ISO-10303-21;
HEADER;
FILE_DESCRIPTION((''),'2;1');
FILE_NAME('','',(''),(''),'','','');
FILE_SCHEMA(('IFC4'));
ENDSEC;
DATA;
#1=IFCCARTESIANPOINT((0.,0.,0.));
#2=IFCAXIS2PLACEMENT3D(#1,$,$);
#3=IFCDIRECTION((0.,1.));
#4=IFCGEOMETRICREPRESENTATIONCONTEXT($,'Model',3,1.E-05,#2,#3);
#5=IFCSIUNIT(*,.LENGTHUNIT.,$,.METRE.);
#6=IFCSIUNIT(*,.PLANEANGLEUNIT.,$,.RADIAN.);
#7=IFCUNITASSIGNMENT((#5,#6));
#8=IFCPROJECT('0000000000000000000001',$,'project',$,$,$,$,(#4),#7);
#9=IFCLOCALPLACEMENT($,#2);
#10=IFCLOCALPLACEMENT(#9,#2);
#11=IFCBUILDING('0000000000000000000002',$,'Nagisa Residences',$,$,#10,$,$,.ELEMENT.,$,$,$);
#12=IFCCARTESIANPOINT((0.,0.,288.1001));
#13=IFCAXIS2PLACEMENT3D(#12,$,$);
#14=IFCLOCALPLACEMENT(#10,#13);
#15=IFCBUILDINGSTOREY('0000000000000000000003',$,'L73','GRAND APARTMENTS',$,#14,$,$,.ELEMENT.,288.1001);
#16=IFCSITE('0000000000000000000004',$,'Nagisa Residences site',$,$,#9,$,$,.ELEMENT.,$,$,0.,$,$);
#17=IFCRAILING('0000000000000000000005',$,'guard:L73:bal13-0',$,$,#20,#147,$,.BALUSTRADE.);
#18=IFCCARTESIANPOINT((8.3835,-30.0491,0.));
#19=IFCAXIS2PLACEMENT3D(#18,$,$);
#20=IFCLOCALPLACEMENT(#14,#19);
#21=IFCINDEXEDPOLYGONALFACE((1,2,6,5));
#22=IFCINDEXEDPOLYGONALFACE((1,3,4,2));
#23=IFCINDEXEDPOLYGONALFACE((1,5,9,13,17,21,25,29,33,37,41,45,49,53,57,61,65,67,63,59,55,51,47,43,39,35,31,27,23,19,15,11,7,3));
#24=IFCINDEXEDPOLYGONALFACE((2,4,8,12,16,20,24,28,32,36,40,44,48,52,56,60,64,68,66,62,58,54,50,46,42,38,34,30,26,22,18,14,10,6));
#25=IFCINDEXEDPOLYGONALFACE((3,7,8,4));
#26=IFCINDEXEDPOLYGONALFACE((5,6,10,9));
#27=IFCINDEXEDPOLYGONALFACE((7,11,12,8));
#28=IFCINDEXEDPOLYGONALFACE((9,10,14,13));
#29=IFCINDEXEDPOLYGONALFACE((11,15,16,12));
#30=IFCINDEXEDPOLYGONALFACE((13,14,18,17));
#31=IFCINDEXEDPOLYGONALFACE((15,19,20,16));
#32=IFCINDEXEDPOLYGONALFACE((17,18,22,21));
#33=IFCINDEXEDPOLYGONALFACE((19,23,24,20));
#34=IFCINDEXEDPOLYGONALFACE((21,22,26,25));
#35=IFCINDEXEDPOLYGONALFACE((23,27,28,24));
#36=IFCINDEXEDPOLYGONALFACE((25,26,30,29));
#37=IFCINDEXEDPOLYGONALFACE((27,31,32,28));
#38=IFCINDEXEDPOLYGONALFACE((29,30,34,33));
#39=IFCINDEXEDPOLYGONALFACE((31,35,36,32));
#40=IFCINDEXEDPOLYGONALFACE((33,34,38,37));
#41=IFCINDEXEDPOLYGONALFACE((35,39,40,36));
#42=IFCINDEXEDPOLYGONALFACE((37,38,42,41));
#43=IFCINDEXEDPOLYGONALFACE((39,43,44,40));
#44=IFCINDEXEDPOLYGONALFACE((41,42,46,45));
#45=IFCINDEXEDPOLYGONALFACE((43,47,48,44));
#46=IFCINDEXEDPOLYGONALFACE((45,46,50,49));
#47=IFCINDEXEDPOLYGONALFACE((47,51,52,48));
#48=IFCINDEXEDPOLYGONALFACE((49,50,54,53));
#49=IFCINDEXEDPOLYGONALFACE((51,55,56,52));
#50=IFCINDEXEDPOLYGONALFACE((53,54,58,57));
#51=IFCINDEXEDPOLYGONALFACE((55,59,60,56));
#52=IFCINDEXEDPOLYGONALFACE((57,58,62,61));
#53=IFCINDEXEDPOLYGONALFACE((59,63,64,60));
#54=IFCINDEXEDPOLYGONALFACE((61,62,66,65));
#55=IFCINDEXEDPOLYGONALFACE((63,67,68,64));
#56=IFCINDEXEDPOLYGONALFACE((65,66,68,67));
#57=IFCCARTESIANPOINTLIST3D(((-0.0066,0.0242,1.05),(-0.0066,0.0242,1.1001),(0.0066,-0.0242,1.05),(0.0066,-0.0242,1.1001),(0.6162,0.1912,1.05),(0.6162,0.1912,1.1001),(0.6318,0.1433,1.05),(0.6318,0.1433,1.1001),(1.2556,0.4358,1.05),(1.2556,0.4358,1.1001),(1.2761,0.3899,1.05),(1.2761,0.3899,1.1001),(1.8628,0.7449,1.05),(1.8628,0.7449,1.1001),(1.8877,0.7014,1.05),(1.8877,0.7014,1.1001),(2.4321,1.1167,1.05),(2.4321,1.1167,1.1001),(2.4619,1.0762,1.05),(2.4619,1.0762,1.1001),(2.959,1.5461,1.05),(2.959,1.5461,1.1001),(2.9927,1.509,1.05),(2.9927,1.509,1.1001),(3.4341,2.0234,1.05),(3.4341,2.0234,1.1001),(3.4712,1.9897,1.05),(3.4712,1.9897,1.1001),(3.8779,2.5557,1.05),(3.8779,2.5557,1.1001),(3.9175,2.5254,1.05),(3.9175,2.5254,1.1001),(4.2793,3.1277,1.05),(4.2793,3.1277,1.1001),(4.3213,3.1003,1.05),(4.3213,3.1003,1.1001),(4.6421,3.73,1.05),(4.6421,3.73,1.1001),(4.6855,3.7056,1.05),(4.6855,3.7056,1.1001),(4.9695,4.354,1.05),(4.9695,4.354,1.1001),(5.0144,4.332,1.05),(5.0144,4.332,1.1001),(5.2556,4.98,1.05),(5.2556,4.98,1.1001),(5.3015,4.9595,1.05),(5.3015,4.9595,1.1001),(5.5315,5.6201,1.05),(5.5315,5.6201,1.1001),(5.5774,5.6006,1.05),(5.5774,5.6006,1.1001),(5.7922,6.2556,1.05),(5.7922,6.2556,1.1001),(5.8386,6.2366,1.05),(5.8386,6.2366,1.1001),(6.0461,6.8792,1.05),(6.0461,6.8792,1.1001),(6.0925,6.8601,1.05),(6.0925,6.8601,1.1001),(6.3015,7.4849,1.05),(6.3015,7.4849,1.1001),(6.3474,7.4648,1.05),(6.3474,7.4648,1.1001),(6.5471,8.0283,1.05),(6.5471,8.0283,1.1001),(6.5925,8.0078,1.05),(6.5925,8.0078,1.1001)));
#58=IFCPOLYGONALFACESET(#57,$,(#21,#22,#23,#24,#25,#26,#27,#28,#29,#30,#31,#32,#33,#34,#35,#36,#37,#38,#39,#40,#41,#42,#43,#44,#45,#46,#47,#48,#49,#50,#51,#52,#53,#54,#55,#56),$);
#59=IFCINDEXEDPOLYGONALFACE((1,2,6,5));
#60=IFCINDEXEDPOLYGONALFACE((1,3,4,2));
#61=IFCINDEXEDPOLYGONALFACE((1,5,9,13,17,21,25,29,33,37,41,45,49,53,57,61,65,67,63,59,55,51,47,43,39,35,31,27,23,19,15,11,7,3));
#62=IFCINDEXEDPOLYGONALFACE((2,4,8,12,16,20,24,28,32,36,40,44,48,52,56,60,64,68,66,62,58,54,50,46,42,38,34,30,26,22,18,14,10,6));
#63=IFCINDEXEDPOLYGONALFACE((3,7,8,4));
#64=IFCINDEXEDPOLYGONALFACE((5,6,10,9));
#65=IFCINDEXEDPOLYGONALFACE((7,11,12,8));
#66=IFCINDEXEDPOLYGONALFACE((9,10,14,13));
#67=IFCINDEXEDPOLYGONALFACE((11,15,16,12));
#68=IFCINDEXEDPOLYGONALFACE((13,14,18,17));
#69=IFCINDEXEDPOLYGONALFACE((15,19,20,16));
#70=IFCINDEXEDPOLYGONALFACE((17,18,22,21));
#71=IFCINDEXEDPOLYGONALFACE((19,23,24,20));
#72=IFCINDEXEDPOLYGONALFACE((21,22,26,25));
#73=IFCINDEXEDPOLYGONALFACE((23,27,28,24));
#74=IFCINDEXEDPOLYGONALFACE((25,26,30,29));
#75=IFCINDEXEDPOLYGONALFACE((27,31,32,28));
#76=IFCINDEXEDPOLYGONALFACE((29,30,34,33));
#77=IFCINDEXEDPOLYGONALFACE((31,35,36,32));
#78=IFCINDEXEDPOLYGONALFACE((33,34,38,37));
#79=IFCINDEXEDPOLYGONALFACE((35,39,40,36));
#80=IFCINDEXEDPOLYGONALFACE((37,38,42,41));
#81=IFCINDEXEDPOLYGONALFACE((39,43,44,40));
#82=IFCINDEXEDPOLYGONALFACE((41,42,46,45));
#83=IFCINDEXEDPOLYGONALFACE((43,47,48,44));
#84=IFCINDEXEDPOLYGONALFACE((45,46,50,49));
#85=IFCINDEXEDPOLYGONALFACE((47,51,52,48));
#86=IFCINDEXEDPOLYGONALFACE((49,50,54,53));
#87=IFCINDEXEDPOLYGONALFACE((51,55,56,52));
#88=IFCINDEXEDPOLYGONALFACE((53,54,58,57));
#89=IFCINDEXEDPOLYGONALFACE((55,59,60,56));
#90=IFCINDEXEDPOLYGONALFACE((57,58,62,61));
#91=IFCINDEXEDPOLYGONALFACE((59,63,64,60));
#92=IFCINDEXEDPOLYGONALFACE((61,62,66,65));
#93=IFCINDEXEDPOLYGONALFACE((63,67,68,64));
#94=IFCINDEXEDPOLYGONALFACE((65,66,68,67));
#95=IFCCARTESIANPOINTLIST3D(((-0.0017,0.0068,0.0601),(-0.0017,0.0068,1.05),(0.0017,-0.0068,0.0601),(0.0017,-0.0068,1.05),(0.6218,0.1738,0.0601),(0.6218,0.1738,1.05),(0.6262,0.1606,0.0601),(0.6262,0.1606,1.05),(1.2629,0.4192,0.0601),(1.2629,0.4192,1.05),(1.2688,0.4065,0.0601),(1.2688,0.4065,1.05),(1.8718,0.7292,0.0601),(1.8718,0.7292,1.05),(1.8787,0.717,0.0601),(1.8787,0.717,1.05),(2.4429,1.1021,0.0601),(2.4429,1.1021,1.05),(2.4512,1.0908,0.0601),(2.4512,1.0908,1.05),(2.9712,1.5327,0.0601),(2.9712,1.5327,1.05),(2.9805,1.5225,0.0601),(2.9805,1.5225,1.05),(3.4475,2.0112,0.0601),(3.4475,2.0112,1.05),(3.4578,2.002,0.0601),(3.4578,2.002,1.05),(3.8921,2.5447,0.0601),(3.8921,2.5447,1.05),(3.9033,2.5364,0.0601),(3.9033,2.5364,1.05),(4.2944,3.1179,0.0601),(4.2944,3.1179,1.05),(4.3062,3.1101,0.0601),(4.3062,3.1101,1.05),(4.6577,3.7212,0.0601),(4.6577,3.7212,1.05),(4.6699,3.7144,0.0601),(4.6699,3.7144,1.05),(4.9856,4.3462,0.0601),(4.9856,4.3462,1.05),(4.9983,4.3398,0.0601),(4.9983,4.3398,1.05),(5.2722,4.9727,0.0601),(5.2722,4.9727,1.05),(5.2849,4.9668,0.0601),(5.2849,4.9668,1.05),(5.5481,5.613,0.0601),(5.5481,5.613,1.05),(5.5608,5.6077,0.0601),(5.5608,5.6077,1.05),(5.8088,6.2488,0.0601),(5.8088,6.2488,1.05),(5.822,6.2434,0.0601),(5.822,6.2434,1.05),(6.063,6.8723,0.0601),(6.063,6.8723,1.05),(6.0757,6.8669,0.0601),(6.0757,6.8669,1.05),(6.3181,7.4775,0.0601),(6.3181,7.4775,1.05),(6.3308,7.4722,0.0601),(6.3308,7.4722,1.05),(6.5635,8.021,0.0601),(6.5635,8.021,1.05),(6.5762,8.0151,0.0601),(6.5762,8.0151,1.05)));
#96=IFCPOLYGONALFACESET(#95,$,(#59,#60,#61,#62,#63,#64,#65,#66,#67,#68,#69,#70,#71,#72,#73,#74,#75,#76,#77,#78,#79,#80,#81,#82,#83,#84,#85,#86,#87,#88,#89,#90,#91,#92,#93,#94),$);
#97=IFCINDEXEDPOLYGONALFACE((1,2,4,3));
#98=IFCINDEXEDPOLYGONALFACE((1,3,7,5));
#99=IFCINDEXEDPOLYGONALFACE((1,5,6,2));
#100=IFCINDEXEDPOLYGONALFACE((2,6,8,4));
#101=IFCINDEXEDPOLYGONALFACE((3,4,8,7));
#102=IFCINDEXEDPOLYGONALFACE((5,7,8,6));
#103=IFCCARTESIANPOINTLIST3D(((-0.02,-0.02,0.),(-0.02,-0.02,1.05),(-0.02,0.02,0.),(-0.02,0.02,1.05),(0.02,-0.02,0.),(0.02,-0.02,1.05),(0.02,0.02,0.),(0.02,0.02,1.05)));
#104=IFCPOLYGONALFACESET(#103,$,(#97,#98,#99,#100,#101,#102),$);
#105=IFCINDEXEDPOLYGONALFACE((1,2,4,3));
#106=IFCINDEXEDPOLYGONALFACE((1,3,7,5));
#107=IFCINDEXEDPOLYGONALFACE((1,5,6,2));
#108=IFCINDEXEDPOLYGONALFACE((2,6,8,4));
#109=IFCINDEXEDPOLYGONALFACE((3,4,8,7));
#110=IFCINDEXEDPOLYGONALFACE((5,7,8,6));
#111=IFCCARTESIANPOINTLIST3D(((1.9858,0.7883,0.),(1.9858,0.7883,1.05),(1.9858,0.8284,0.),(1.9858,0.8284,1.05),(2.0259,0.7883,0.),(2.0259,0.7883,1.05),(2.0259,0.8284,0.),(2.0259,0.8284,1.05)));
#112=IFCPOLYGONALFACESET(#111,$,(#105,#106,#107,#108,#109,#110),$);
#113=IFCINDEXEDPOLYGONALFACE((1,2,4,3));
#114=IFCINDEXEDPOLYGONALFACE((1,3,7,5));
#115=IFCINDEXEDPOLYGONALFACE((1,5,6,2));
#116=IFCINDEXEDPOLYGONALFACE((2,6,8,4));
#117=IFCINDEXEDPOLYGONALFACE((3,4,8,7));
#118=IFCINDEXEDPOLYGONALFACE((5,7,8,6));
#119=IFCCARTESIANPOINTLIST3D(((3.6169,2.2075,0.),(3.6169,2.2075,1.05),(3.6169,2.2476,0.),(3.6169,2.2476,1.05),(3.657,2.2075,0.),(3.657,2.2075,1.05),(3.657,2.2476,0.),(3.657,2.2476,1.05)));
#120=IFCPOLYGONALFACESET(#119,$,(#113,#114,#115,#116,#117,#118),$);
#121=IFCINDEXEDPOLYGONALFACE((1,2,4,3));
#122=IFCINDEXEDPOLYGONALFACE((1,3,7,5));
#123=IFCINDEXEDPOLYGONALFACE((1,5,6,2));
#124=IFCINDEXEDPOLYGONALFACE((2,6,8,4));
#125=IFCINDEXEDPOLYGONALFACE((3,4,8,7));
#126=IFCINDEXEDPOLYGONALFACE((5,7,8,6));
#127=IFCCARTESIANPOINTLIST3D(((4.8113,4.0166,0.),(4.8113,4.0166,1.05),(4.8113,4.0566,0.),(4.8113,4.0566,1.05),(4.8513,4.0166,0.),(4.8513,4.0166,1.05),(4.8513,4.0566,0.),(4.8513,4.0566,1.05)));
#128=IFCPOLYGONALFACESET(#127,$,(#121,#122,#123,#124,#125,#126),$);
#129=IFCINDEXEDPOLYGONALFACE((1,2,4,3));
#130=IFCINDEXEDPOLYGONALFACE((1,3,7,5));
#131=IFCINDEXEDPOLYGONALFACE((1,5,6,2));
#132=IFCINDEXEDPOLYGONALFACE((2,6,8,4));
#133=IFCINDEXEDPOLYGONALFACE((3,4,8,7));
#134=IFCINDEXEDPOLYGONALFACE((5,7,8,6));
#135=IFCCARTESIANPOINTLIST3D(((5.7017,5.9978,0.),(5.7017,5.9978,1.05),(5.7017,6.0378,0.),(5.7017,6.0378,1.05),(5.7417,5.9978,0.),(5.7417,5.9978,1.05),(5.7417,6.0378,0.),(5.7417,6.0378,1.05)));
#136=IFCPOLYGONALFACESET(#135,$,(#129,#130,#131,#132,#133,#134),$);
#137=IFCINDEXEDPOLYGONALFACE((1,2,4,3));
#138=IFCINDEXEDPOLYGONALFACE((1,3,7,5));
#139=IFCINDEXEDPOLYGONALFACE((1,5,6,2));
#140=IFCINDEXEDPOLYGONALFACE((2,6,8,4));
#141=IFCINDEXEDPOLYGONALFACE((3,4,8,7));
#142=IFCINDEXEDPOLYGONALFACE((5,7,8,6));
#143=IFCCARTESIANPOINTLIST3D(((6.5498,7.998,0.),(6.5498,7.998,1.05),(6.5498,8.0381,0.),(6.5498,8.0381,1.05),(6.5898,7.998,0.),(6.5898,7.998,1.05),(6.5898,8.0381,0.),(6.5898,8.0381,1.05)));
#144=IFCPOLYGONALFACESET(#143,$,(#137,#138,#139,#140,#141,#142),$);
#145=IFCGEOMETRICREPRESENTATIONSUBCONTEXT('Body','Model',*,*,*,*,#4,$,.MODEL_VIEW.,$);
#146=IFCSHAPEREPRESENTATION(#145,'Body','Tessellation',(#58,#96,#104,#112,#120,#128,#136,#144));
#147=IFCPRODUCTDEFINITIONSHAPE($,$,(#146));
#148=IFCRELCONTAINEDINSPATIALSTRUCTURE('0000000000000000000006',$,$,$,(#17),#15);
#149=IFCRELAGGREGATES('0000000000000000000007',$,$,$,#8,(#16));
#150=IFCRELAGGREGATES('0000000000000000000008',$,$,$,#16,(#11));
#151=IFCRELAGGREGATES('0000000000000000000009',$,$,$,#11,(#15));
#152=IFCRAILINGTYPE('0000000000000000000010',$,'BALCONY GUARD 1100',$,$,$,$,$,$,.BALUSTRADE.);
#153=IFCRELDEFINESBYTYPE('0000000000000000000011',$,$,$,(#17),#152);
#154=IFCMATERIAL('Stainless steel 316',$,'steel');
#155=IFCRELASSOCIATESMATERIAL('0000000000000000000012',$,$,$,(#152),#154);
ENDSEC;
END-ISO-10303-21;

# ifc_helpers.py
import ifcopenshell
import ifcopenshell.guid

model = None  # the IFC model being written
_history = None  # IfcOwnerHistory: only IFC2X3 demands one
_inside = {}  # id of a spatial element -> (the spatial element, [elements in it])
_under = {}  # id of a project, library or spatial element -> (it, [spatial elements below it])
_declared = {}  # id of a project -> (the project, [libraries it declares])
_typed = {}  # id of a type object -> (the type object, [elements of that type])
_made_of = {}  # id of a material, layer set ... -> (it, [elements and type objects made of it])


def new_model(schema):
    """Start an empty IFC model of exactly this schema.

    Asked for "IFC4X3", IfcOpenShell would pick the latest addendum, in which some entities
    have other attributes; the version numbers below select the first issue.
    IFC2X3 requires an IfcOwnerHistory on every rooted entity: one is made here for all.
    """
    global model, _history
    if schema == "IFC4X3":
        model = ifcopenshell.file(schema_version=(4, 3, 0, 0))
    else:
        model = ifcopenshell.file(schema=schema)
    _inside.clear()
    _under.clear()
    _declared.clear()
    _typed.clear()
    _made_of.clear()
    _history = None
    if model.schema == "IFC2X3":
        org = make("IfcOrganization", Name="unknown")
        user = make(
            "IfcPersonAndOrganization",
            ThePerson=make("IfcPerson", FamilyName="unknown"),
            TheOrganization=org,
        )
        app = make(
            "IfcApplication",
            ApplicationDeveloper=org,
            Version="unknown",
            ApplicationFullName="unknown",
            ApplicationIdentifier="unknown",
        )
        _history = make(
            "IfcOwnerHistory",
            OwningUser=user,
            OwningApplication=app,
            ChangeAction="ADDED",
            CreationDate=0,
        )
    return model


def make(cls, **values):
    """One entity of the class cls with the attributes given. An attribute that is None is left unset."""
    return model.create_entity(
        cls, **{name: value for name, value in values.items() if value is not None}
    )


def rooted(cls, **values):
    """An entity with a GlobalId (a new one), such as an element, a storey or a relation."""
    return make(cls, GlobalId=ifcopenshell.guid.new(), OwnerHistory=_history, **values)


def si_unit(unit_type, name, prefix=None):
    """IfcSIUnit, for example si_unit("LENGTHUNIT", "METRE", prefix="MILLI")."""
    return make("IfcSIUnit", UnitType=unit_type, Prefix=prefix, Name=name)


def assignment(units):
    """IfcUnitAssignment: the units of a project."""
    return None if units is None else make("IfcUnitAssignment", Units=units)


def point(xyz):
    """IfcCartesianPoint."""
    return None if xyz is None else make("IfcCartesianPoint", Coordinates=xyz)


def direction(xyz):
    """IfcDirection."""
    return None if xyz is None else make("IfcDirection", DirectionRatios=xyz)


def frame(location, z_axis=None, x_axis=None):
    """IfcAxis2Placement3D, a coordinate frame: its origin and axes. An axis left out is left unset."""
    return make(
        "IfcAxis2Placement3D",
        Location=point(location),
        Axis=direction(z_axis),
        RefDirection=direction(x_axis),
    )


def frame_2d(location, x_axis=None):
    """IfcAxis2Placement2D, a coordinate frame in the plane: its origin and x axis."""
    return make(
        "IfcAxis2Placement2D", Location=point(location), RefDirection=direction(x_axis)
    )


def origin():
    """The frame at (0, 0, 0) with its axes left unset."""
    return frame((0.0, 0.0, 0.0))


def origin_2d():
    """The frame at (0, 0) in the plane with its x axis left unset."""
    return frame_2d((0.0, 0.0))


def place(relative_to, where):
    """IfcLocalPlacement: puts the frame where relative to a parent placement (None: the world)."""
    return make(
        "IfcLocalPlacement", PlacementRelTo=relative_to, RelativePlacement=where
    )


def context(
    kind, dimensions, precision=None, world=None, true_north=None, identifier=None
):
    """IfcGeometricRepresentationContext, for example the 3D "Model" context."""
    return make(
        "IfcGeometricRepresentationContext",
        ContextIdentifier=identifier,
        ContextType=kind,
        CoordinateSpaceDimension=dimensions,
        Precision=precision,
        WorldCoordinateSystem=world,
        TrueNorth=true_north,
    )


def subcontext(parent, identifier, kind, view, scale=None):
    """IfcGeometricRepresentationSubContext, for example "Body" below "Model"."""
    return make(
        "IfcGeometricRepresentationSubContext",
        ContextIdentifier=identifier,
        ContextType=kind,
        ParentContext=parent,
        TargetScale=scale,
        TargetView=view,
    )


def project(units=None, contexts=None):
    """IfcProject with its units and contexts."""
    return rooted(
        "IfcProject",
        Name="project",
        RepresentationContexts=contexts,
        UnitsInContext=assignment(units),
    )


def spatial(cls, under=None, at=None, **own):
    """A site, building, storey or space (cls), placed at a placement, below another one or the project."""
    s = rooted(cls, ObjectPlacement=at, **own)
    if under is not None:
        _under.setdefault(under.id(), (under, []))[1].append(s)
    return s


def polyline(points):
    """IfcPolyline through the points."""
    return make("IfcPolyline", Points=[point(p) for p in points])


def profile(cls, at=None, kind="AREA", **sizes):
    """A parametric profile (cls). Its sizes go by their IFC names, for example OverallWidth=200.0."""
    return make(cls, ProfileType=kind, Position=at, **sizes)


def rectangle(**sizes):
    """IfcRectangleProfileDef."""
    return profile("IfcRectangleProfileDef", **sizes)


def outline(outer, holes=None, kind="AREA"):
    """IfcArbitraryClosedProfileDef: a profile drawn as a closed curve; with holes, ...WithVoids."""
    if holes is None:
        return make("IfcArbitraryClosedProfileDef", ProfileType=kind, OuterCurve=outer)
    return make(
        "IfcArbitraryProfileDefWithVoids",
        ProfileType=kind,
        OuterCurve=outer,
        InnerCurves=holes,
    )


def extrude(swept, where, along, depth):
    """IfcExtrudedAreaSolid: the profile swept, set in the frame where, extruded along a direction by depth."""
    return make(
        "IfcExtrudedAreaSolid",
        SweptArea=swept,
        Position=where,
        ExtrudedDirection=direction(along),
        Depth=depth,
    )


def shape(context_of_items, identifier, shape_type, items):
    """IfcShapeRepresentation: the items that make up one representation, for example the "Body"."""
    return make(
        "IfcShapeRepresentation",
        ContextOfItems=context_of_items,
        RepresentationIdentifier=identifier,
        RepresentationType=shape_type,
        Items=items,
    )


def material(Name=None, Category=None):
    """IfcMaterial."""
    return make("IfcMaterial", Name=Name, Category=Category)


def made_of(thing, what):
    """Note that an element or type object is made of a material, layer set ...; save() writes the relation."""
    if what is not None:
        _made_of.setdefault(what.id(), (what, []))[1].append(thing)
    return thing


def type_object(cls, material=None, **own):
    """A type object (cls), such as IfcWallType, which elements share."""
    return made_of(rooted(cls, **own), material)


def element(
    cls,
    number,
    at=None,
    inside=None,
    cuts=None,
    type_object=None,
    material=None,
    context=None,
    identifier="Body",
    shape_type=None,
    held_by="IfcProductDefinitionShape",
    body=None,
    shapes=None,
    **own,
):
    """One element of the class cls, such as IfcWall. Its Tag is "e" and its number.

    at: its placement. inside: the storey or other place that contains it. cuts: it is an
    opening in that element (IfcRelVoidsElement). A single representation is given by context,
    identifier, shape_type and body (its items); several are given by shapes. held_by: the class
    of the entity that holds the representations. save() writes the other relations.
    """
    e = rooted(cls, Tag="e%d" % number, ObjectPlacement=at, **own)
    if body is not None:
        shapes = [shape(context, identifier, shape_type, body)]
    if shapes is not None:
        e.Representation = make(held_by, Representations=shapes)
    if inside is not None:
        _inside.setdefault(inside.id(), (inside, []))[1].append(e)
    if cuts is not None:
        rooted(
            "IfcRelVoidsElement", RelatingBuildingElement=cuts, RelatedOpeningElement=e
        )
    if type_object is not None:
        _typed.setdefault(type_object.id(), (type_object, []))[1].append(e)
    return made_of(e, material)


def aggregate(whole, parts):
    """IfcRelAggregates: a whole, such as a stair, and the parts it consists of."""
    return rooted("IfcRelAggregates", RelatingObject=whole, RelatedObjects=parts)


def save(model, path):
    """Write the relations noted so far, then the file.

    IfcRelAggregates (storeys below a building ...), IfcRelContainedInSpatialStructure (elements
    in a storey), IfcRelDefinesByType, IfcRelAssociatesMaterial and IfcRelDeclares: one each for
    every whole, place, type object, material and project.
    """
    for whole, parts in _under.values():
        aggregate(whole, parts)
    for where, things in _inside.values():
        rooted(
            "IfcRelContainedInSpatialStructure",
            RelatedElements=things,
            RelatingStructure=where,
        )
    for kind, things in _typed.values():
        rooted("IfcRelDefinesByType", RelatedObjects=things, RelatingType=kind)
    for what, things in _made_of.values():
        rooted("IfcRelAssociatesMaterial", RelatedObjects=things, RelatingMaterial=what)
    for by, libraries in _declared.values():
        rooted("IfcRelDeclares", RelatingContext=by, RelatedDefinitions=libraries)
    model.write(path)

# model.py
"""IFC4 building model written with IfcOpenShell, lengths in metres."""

from ifc_helpers import new_model, si_unit, direction, frame, origin, origin_2d, place, context, subcontext, project, spatial, polyline, rectangle, outline, extrude, material, type_object, element, save


model = new_model("IFC4")

# Units and contexts
model_context = context("Model", 3, precision=1e-05, world=origin(), true_north=direction((0.0, 1.0)))
body_context = subcontext(model_context, "Body", "Model", "MODEL_VIEW")
ifc_project = project(units=[si_unit("LENGTHUNIT", "METRE"), si_unit("PLANEANGLEUNIT", "RADIAN")], contexts=[model_context])

# Site, building, storey
site_placement = place(None, origin())
site = spatial("IfcSite", under=ifc_project, at=site_placement, Name="Nagisa Residences site", CompositionType="ELEMENT", RefElevation=0.0)
building_placement = place(site_placement, origin())
building = spatial("IfcBuilding", under=site, at=building_placement, Name="Nagisa Residences", CompositionType="ELEMENT")
storey_placement = place(building_placement, frame((0.0, 0.0, 288.1001)))
storey = spatial("IfcBuildingStorey", under=building, at=storey_placement, Name="L73", Description="GRAND APARTMENTS", CompositionType="ELEMENT", Elevation=288.1001)

# Railing
ifc_material_1 = material(Name="Stainless steel 316", Category="steel")
railing_type = type_object("IfcRailingType", Name="BALCONY GUARD 1100", PredefinedType="BALUSTRADE", material=ifc_material_1)
railing_placement = place(storey_placement, frame((8.3835, -30.0491, 0.0)))
element("IfcRailing", 1, at=railing_placement, inside=storey, type_object=railing_type, Name="guard:L73:bal13-0", PredefinedType="BALUSTRADE", context=body_context, shape_type="SweptSolid", body=[
    extrude(outline(polyline([(0.6162, 0.1912), (-0.0066, 0.0242), (0.0066, -0.0242), (0.6318, 0.1433), (1.2761, 0.3899), (1.8877, 0.7014), (2.4619, 1.0762), (2.9927, 1.509), (3.4712, 1.9897), (3.9175, 2.5254), (4.3213, 3.1003), (4.6855, 3.7056), (5.0144, 4.332), (5.3015, 4.9595), (5.5774, 5.6006), (5.8386, 6.2366), (6.0925, 6.8601), (6.3474, 7.4648), (6.5925, 8.0078), (6.5471, 8.0283), (6.3015, 7.4849), (6.0461, 6.8792), (5.7922, 6.2556), (5.5315, 5.6201), (5.2556, 4.98), (4.9695, 4.354), (4.6421, 3.73), (4.2793, 3.1277), (3.8779, 2.5557), (3.4341, 2.0234), (2.959, 1.5461), (2.4321, 1.1167), (1.8628, 0.7449), (1.2556, 0.4358), (0.6162, 0.1912)])), frame((0.0, 0.0, 1.05)), (0.0, 0.0, 1.0), 0.05),
    extrude(outline(polyline([(0.6218, 0.1738), (-0.0017, 0.0068), (0.0017, -0.0068), (0.6262, 0.1606), (1.2688, 0.4065), (1.8787, 0.717), (2.4512, 1.0908), (2.9805, 1.5225), (3.4578, 2.002), (3.9033, 2.5364), (4.3062, 3.1101), (4.6699, 3.7144), (4.9983, 4.3398), (5.2849, 4.9668), (5.5608, 5.6077), (5.822, 6.2434), (6.0757, 6.8669), (6.3308, 7.4722), (6.5762, 8.0151), (6.5635, 8.021), (6.3181, 7.4775), (6.063, 6.8723), (5.8088, 6.2488), (5.5481, 5.613), (5.2722, 4.9727), (4.9856, 4.3462), (4.6577, 3.7212), (4.2944, 3.1179), (3.8921, 2.5447), (3.4475, 2.0112), (2.9712, 1.5327), (2.4429, 1.1021), (1.8718, 0.7292), (1.2629, 0.4192), (0.6218, 0.1738)])), frame((0.0, 0.0, 0.0601)), (0.0, 0.0, 1.0), 0.99),
    extrude(rectangle(XDim=0.04, YDim=0.04, at=origin_2d()), origin(), (0.0, 0.0, 1.0), 1.05),
    extrude(rectangle(XDim=0.04, YDim=0.04, at=origin_2d()), frame((2.0059, 0.8083, 0.0)), (0.0, 0.0, 1.0), 1.05),
    extrude(rectangle(XDim=0.04, YDim=0.04, at=origin_2d()), frame((3.637, 2.2275, 0.0)), (0.0, 0.0, 1.0), 1.05),
    extrude(rectangle(XDim=0.04, YDim=0.04, at=origin_2d()), frame((4.8313, 4.0366, 0.0)), (0.0, 0.0, 1.0), 1.05),
    extrude(rectangle(XDim=0.04, YDim=0.04, at=origin_2d()), frame((5.7217, 6.0178, 0.0)), (0.0, 0.0, 1.0), 1.05),
    extrude(rectangle(XDim=0.04, YDim=0.04, at=origin_2d()), frame((6.5698, 8.0181, 0.0)), (0.0, 0.0, 1.0), 1.05),
])

save(model, "model.ifc")
